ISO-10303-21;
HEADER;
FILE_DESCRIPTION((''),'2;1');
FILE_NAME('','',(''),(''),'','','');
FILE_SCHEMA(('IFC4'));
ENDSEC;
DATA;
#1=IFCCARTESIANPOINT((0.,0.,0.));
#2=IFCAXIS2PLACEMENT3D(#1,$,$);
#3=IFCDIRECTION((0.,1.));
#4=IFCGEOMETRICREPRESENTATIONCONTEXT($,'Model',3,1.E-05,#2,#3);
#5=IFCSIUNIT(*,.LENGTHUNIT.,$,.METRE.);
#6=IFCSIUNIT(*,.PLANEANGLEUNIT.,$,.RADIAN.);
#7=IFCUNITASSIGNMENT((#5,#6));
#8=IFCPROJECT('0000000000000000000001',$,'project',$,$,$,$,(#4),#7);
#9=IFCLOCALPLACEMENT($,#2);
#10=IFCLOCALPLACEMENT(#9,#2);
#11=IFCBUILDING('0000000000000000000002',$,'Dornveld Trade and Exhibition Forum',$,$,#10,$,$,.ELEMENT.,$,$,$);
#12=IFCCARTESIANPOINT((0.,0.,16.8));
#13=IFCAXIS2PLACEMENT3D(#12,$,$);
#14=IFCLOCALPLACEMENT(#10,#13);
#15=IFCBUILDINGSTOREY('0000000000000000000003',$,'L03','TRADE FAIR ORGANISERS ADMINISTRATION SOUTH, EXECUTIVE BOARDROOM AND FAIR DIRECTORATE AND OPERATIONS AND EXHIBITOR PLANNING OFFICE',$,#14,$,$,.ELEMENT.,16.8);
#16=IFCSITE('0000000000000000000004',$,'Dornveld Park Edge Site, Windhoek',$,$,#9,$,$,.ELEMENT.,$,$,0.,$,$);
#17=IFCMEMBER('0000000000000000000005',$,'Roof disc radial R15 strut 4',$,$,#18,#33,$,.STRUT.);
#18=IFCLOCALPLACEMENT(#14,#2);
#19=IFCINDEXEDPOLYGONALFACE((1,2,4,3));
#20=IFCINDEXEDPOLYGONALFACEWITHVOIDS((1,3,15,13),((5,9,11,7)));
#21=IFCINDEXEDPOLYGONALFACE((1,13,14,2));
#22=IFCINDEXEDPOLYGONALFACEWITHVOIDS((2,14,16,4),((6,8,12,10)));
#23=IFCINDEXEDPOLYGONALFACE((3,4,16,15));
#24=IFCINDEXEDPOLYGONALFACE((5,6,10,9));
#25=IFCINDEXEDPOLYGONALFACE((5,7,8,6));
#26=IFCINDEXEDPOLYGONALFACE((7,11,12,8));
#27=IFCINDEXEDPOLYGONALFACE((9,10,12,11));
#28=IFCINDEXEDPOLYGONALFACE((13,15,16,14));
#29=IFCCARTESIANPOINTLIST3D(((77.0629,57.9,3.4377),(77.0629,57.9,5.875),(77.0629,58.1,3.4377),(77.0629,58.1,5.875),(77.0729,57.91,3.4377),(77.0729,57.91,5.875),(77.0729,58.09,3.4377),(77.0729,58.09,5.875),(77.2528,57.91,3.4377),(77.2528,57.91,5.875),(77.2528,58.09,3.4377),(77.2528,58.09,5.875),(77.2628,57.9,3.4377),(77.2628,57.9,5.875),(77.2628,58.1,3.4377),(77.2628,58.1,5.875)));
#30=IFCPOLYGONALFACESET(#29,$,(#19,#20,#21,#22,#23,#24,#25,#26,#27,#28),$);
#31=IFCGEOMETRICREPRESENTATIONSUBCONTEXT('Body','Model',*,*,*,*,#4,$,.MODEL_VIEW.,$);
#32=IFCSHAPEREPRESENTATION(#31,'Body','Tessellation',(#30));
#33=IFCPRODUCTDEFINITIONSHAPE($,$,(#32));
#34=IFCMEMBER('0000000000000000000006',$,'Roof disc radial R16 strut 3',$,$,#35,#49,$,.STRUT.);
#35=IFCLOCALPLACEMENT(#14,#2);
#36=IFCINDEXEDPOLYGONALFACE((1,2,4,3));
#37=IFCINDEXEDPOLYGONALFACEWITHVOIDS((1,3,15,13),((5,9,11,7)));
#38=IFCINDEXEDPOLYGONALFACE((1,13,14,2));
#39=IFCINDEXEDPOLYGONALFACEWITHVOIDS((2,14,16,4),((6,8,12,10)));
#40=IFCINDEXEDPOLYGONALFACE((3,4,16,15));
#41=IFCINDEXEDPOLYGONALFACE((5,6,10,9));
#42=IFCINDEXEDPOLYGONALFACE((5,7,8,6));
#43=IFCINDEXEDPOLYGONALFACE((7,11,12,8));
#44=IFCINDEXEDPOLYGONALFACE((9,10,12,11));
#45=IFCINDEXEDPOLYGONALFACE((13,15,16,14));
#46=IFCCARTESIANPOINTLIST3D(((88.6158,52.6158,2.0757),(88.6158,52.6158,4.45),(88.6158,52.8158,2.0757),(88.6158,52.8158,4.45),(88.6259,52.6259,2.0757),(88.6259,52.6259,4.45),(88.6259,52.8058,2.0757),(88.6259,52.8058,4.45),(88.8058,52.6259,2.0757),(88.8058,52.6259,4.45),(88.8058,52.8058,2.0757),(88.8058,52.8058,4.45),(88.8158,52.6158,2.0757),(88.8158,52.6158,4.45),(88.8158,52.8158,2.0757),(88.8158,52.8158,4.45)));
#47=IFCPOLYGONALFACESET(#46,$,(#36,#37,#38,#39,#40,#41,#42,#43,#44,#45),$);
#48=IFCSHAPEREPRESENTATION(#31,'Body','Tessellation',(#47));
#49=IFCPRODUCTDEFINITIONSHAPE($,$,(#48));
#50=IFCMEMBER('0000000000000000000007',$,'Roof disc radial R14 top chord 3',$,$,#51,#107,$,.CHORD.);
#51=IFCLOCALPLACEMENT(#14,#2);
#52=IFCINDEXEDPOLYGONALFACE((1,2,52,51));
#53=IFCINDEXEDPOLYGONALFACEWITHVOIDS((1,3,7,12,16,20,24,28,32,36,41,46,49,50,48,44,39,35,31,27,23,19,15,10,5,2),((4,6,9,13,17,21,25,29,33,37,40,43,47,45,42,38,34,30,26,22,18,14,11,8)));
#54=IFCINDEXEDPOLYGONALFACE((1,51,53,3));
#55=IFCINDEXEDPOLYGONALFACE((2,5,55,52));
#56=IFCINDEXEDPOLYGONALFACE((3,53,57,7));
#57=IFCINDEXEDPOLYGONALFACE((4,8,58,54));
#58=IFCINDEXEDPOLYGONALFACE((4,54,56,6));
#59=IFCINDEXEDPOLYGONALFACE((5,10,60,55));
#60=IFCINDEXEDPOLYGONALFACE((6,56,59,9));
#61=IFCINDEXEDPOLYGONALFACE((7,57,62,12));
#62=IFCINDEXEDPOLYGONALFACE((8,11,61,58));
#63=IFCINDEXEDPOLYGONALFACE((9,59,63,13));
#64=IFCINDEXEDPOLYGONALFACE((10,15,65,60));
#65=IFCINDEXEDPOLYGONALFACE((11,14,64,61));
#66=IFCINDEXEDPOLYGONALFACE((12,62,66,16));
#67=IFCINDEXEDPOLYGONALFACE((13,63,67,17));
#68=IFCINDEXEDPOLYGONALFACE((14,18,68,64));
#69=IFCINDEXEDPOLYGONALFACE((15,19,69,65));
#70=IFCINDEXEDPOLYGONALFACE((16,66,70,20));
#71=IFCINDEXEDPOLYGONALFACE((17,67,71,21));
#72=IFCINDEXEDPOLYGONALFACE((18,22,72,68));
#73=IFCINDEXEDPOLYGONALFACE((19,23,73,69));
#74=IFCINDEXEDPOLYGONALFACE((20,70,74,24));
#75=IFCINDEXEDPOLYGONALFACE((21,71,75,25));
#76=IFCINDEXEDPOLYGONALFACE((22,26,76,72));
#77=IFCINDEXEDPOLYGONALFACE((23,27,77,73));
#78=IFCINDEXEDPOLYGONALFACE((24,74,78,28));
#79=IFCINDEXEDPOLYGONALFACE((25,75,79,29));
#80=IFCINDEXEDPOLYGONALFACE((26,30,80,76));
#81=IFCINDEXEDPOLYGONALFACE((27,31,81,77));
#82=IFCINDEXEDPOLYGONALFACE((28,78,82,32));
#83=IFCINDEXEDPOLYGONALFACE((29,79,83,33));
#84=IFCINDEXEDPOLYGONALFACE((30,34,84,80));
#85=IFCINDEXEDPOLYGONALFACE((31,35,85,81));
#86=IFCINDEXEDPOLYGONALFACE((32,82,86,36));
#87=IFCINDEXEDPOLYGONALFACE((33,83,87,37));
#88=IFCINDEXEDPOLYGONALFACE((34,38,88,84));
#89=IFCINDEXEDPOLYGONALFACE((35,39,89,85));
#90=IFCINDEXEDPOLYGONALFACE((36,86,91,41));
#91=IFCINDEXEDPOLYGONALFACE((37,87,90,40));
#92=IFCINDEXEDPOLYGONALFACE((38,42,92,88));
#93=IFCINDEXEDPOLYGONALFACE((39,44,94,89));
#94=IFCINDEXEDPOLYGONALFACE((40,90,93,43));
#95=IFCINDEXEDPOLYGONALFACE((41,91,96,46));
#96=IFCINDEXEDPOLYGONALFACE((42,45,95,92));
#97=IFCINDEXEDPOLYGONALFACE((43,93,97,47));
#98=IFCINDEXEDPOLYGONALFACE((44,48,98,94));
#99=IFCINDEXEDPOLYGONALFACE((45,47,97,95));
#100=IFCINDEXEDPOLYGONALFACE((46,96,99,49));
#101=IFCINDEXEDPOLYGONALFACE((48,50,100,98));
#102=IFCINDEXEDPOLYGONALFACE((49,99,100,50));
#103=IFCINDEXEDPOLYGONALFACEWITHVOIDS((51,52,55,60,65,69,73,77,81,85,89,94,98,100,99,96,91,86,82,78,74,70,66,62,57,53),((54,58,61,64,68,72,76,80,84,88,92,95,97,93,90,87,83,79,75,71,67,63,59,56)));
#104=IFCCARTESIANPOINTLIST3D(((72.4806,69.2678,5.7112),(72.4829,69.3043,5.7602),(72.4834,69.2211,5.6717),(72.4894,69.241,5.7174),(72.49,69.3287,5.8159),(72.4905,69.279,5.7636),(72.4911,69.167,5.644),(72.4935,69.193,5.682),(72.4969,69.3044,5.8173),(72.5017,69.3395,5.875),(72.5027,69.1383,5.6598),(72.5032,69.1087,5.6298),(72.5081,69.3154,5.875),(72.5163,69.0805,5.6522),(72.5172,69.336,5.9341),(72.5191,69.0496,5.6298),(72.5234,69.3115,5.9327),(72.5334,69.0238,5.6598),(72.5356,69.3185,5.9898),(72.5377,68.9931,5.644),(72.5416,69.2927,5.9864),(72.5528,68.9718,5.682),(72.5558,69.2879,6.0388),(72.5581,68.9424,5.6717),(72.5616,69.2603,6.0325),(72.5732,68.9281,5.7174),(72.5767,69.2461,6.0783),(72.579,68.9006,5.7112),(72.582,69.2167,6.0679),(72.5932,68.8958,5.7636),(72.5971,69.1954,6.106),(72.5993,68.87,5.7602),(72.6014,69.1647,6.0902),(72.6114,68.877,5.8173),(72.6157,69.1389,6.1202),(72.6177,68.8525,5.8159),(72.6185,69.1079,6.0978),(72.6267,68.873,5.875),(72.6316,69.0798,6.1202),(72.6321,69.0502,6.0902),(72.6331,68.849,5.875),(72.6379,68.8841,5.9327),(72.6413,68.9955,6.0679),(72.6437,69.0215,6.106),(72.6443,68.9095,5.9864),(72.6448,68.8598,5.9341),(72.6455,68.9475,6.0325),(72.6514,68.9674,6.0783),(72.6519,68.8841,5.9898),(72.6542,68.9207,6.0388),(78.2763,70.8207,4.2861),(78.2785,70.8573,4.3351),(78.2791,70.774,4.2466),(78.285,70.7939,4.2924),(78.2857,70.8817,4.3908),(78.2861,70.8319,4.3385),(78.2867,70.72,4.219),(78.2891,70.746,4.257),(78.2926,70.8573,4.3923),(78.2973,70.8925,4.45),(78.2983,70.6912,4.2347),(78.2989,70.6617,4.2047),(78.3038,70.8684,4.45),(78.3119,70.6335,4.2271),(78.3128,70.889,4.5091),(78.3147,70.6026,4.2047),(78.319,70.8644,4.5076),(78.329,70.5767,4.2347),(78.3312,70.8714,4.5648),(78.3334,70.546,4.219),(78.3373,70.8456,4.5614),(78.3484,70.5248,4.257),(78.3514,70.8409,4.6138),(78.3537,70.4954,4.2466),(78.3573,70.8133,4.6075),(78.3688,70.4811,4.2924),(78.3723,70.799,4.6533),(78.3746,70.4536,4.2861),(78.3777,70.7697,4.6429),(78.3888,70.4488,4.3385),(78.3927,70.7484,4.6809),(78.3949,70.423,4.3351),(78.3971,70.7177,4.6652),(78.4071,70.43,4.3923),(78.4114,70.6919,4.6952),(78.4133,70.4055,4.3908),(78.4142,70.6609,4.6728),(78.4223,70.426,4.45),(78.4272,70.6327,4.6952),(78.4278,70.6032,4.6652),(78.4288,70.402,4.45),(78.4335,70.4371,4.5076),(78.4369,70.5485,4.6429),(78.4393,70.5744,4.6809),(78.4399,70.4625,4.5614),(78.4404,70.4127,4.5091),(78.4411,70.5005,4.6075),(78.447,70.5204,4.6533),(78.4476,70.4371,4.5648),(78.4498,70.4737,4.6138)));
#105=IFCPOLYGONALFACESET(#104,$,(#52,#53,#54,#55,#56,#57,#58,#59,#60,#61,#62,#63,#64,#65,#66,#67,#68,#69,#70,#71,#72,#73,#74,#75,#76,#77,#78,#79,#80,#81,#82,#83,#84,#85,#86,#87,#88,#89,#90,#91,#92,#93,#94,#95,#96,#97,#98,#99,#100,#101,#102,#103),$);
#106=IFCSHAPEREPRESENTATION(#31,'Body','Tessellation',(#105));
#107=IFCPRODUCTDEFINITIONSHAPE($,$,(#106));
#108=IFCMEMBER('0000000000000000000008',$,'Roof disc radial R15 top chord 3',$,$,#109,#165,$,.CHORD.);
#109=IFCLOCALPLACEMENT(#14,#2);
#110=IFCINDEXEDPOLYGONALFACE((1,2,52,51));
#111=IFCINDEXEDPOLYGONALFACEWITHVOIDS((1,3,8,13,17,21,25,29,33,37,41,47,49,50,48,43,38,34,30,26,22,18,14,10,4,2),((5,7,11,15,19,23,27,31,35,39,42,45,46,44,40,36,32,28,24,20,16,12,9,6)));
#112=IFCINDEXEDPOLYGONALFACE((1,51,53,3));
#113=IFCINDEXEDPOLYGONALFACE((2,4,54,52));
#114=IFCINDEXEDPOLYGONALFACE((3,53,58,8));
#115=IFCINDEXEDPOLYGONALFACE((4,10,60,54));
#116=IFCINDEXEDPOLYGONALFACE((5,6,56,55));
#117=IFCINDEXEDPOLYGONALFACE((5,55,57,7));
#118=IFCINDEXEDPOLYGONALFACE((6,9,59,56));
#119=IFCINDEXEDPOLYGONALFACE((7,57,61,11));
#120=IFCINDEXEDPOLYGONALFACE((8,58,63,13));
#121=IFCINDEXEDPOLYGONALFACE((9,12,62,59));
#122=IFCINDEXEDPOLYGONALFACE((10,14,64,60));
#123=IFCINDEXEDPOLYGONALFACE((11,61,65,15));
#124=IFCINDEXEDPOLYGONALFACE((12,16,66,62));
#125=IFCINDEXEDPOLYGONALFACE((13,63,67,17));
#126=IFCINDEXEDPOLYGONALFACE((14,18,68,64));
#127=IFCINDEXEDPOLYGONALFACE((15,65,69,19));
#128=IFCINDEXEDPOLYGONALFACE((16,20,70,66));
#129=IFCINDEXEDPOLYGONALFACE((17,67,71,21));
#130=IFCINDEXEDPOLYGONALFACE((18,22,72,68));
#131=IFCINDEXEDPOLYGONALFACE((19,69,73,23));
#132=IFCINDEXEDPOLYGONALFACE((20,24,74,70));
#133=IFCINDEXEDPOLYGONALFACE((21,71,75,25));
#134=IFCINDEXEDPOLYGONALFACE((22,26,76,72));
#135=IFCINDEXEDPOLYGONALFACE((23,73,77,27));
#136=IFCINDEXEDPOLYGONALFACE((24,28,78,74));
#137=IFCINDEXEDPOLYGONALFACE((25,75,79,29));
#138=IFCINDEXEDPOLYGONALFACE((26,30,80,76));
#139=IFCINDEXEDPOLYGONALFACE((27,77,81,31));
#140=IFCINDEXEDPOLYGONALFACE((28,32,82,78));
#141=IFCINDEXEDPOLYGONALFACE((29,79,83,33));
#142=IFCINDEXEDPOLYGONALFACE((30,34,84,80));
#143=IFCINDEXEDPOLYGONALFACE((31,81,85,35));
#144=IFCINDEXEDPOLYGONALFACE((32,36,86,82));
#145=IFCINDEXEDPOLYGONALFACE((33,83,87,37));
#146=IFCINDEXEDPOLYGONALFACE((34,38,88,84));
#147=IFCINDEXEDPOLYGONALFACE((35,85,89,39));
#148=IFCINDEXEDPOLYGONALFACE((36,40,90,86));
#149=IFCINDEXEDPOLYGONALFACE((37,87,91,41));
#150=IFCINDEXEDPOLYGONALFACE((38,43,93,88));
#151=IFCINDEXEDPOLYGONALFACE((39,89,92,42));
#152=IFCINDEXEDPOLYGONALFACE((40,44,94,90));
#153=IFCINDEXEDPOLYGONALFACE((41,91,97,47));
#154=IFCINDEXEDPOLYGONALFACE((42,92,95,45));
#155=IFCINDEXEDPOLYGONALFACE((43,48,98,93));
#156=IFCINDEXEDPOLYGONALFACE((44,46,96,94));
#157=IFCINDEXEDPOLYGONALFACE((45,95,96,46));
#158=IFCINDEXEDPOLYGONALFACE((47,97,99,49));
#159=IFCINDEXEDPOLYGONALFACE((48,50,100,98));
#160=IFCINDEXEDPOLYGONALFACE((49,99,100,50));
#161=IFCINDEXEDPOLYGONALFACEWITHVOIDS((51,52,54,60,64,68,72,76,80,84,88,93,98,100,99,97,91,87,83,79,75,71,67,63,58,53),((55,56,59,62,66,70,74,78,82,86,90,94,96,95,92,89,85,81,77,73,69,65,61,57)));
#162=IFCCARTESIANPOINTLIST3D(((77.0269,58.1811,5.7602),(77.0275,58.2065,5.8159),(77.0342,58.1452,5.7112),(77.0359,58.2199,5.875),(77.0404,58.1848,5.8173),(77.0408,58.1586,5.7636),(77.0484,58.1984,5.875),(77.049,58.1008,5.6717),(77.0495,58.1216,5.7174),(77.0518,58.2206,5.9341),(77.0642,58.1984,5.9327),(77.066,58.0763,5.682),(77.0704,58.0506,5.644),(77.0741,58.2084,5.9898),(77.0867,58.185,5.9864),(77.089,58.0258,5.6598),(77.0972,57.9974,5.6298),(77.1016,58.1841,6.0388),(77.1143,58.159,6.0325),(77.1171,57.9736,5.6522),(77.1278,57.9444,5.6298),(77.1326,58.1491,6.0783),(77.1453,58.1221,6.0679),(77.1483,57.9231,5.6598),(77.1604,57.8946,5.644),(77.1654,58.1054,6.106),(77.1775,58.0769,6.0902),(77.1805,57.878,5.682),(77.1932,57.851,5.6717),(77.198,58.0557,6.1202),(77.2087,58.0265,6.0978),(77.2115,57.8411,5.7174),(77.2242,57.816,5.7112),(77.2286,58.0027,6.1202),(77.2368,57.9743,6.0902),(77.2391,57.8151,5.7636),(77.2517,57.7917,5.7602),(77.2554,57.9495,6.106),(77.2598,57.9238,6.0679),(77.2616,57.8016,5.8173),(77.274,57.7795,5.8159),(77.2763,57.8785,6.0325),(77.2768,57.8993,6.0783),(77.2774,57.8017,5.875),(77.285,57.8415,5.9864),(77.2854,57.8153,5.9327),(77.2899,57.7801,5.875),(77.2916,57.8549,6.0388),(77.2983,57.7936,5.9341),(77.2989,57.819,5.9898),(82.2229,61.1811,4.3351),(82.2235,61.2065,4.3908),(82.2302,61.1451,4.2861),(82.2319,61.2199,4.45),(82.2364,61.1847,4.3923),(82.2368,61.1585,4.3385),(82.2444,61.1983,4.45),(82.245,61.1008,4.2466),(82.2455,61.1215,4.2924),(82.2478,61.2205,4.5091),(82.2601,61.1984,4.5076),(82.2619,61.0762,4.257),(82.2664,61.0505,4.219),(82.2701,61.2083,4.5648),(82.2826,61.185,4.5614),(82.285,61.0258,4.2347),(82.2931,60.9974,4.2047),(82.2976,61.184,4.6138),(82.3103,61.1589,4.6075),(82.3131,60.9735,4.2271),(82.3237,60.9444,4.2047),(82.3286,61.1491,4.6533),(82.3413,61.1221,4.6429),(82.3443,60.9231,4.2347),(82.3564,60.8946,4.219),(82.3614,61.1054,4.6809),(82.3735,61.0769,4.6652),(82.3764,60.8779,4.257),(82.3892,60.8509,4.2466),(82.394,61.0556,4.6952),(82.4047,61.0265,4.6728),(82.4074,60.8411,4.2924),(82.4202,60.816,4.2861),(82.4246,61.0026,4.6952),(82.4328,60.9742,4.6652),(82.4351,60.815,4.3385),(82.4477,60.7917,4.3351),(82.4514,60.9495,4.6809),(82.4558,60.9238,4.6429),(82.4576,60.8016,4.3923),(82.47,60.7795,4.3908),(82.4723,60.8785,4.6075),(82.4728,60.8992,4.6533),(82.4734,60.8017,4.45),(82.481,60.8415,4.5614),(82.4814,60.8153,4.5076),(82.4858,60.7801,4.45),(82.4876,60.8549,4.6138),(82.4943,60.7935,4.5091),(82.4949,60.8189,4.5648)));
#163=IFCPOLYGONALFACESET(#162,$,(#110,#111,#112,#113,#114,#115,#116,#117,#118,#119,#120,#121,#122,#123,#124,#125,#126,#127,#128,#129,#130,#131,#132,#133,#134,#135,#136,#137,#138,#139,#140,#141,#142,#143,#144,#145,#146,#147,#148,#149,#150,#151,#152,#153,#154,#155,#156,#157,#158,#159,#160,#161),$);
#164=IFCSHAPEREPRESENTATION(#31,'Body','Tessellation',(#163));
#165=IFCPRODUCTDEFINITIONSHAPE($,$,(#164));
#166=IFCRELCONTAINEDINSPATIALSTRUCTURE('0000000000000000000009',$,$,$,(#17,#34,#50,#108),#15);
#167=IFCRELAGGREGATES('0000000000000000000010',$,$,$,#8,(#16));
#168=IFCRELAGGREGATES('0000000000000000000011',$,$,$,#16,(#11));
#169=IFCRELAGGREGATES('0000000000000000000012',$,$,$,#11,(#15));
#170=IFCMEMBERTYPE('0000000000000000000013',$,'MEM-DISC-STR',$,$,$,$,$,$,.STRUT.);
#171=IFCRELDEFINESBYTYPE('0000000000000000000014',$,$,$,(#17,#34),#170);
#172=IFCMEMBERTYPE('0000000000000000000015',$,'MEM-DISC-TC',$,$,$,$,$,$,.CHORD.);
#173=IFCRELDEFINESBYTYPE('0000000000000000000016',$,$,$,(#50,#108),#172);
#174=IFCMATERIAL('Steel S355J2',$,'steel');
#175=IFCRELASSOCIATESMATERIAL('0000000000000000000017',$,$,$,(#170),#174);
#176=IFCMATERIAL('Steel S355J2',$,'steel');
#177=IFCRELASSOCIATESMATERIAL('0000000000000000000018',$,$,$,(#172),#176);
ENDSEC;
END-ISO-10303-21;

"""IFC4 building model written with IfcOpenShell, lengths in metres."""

from ifc_helpers import new_model, si_unit, direction, frame, origin, origin_2d, place, context, subcontext, project, spatial, hollow_rectangle, hollow_circle, extrude, material, material_profile, profile_set, type_object, element, save


model = new_model("IFC4")

# Units and contexts
model_context = context("Model", 3, precision=1e-05, world=origin(), true_north=direction((0.0, 1.0)))
body_context = subcontext(model_context, "Body", "Model", "MODEL_VIEW")
ifc_project = project(units=[si_unit("LENGTHUNIT", "METRE"), si_unit("PLANEANGLEUNIT", "RADIAN")], contexts=[model_context])

# Site, building, storey
site_placement = place(None, origin())
site = spatial("IfcSite", under=ifc_project, at=site_placement, Name="Dornveld Park Edge Site, Windhoek", CompositionType="ELEMENT", RefElevation=0.0)
building_placement = place(site_placement, origin())
building = spatial("IfcBuilding", under=site, at=building_placement, Name="Dornveld Trade and Exhibition Forum", CompositionType="ELEMENT")
storey_placement = place(building_placement, frame((0.0, 0.0, 16.8)))
storey = spatial("IfcBuildingStorey", under=building, at=storey_placement, Name="L03", Description="TRADE FAIR ORGANISERS ADMINISTRATION SOUTH, EXECUTIVE BOARDROOM AND FAIR DIRECTORATE AND OPERATIONS AND EXHIBITOR PLANNING OFFICE", CompositionType="ELEMENT", Elevation=16.8)

# Members
ifc_material_1 = material(Name="Steel S355J2", Category="steel")
ifc_material_profile_1 = material_profile(ifc_material_1, hollow_rectangle(XDim=0.2, YDim=0.2, WallThickness=0.01, at=origin_2d()), Name="SHS 200x200x10")
ifc_profile_set_1 = profile_set([ifc_material_profile_1], Name="Steel S355J2")
member_type_1 = type_object("IfcMemberType", Name="MEM-DISC-STR", PredefinedType="STRUT", material=ifc_profile_set_1)
member_1_placement = place(storey_placement, frame((77.1628, 58.0, 3.4377), z_axis=(0.0, 0.0, 1.0), x_axis=(1.0, 0.0, 0.0)))
element("IfcMember", 1, at=member_1_placement, inside=storey, type_object=member_type_1, Name="Roof disc radial R15 strut 4", PredefinedType="STRUT", context=body_context, shape_type="SweptSolid", body=[
    extrude(hollow_rectangle(XDim=0.2, YDim=0.2, WallThickness=0.01, at=origin_2d()), origin(), (0.0, 0.0, 1.0), 2.4373),
])
member_2_placement = place(storey_placement, frame((88.7158, 52.7158, 2.0757), z_axis=(0.0, 0.0, 1.0), x_axis=(1.0, 0.0, 0.0)))
element("IfcMember", 2, at=member_2_placement, inside=storey, type_object=member_type_1, Name="Roof disc radial R16 strut 3", PredefinedType="STRUT", context=body_context, shape_type="SweptSolid", body=[
    extrude(hollow_rectangle(XDim=0.2, YDim=0.2, WallThickness=0.01, at=origin_2d()), origin(), (0.0, 0.0, 1.0), 2.3743),
])
ifc_material_2 = material(Name="Steel S355J2", Category="steel")
ifc_material_profile_2 = material_profile(ifc_material_2, hollow_circle(Radius=0.2539, WallThickness=0.0249, at=origin_2d()), Name="CHS 508x25")
ifc_profile_set_2 = profile_set([ifc_material_profile_2], Name="Steel S355J2")
member_type_2 = type_object("IfcMemberType", Name="MEM-DISC-TC", PredefinedType="CHORD", material=ifc_profile_set_2)
member_3_placement = place(storey_placement, frame((78.363, 70.6472, 4.45), z_axis=(-0.939782, -0.25182, 0.231076), x_axis=(0.258825, -0.965924, 0.0)))
element("IfcMember", 3, at=member_3_placement, inside=storey, type_object=member_type_2, Name="Roof disc radial R14 top chord 3", PredefinedType="CHORD", context=body_context, shape_type="SweptSolid", body=[
    extrude(hollow_circle(Radius=0.2539, WallThickness=0.0249, at=origin_2d()), origin(), (0.0, 0.0, 1.0), 6.167),
])
member_4_placement = place(storey_placement, frame((82.3589, 61.0, 4.45), z_axis=(-0.842581, -0.486475, 0.231083), x_axis=(0.500008, -0.866021, 0.0)))
element("IfcMember", 4, at=member_4_placement, inside=storey, type_object=member_type_2, Name="Roof disc radial R15 top chord 3", PredefinedType="CHORD", context=body_context, shape_type="SweptSolid", body=[
    extrude(hollow_circle(Radius=0.2539, WallThickness=0.0249, at=origin_2d()), origin(), (0.0, 0.0, 1.0), 6.1667),
])

save(model, "model.ifc")
